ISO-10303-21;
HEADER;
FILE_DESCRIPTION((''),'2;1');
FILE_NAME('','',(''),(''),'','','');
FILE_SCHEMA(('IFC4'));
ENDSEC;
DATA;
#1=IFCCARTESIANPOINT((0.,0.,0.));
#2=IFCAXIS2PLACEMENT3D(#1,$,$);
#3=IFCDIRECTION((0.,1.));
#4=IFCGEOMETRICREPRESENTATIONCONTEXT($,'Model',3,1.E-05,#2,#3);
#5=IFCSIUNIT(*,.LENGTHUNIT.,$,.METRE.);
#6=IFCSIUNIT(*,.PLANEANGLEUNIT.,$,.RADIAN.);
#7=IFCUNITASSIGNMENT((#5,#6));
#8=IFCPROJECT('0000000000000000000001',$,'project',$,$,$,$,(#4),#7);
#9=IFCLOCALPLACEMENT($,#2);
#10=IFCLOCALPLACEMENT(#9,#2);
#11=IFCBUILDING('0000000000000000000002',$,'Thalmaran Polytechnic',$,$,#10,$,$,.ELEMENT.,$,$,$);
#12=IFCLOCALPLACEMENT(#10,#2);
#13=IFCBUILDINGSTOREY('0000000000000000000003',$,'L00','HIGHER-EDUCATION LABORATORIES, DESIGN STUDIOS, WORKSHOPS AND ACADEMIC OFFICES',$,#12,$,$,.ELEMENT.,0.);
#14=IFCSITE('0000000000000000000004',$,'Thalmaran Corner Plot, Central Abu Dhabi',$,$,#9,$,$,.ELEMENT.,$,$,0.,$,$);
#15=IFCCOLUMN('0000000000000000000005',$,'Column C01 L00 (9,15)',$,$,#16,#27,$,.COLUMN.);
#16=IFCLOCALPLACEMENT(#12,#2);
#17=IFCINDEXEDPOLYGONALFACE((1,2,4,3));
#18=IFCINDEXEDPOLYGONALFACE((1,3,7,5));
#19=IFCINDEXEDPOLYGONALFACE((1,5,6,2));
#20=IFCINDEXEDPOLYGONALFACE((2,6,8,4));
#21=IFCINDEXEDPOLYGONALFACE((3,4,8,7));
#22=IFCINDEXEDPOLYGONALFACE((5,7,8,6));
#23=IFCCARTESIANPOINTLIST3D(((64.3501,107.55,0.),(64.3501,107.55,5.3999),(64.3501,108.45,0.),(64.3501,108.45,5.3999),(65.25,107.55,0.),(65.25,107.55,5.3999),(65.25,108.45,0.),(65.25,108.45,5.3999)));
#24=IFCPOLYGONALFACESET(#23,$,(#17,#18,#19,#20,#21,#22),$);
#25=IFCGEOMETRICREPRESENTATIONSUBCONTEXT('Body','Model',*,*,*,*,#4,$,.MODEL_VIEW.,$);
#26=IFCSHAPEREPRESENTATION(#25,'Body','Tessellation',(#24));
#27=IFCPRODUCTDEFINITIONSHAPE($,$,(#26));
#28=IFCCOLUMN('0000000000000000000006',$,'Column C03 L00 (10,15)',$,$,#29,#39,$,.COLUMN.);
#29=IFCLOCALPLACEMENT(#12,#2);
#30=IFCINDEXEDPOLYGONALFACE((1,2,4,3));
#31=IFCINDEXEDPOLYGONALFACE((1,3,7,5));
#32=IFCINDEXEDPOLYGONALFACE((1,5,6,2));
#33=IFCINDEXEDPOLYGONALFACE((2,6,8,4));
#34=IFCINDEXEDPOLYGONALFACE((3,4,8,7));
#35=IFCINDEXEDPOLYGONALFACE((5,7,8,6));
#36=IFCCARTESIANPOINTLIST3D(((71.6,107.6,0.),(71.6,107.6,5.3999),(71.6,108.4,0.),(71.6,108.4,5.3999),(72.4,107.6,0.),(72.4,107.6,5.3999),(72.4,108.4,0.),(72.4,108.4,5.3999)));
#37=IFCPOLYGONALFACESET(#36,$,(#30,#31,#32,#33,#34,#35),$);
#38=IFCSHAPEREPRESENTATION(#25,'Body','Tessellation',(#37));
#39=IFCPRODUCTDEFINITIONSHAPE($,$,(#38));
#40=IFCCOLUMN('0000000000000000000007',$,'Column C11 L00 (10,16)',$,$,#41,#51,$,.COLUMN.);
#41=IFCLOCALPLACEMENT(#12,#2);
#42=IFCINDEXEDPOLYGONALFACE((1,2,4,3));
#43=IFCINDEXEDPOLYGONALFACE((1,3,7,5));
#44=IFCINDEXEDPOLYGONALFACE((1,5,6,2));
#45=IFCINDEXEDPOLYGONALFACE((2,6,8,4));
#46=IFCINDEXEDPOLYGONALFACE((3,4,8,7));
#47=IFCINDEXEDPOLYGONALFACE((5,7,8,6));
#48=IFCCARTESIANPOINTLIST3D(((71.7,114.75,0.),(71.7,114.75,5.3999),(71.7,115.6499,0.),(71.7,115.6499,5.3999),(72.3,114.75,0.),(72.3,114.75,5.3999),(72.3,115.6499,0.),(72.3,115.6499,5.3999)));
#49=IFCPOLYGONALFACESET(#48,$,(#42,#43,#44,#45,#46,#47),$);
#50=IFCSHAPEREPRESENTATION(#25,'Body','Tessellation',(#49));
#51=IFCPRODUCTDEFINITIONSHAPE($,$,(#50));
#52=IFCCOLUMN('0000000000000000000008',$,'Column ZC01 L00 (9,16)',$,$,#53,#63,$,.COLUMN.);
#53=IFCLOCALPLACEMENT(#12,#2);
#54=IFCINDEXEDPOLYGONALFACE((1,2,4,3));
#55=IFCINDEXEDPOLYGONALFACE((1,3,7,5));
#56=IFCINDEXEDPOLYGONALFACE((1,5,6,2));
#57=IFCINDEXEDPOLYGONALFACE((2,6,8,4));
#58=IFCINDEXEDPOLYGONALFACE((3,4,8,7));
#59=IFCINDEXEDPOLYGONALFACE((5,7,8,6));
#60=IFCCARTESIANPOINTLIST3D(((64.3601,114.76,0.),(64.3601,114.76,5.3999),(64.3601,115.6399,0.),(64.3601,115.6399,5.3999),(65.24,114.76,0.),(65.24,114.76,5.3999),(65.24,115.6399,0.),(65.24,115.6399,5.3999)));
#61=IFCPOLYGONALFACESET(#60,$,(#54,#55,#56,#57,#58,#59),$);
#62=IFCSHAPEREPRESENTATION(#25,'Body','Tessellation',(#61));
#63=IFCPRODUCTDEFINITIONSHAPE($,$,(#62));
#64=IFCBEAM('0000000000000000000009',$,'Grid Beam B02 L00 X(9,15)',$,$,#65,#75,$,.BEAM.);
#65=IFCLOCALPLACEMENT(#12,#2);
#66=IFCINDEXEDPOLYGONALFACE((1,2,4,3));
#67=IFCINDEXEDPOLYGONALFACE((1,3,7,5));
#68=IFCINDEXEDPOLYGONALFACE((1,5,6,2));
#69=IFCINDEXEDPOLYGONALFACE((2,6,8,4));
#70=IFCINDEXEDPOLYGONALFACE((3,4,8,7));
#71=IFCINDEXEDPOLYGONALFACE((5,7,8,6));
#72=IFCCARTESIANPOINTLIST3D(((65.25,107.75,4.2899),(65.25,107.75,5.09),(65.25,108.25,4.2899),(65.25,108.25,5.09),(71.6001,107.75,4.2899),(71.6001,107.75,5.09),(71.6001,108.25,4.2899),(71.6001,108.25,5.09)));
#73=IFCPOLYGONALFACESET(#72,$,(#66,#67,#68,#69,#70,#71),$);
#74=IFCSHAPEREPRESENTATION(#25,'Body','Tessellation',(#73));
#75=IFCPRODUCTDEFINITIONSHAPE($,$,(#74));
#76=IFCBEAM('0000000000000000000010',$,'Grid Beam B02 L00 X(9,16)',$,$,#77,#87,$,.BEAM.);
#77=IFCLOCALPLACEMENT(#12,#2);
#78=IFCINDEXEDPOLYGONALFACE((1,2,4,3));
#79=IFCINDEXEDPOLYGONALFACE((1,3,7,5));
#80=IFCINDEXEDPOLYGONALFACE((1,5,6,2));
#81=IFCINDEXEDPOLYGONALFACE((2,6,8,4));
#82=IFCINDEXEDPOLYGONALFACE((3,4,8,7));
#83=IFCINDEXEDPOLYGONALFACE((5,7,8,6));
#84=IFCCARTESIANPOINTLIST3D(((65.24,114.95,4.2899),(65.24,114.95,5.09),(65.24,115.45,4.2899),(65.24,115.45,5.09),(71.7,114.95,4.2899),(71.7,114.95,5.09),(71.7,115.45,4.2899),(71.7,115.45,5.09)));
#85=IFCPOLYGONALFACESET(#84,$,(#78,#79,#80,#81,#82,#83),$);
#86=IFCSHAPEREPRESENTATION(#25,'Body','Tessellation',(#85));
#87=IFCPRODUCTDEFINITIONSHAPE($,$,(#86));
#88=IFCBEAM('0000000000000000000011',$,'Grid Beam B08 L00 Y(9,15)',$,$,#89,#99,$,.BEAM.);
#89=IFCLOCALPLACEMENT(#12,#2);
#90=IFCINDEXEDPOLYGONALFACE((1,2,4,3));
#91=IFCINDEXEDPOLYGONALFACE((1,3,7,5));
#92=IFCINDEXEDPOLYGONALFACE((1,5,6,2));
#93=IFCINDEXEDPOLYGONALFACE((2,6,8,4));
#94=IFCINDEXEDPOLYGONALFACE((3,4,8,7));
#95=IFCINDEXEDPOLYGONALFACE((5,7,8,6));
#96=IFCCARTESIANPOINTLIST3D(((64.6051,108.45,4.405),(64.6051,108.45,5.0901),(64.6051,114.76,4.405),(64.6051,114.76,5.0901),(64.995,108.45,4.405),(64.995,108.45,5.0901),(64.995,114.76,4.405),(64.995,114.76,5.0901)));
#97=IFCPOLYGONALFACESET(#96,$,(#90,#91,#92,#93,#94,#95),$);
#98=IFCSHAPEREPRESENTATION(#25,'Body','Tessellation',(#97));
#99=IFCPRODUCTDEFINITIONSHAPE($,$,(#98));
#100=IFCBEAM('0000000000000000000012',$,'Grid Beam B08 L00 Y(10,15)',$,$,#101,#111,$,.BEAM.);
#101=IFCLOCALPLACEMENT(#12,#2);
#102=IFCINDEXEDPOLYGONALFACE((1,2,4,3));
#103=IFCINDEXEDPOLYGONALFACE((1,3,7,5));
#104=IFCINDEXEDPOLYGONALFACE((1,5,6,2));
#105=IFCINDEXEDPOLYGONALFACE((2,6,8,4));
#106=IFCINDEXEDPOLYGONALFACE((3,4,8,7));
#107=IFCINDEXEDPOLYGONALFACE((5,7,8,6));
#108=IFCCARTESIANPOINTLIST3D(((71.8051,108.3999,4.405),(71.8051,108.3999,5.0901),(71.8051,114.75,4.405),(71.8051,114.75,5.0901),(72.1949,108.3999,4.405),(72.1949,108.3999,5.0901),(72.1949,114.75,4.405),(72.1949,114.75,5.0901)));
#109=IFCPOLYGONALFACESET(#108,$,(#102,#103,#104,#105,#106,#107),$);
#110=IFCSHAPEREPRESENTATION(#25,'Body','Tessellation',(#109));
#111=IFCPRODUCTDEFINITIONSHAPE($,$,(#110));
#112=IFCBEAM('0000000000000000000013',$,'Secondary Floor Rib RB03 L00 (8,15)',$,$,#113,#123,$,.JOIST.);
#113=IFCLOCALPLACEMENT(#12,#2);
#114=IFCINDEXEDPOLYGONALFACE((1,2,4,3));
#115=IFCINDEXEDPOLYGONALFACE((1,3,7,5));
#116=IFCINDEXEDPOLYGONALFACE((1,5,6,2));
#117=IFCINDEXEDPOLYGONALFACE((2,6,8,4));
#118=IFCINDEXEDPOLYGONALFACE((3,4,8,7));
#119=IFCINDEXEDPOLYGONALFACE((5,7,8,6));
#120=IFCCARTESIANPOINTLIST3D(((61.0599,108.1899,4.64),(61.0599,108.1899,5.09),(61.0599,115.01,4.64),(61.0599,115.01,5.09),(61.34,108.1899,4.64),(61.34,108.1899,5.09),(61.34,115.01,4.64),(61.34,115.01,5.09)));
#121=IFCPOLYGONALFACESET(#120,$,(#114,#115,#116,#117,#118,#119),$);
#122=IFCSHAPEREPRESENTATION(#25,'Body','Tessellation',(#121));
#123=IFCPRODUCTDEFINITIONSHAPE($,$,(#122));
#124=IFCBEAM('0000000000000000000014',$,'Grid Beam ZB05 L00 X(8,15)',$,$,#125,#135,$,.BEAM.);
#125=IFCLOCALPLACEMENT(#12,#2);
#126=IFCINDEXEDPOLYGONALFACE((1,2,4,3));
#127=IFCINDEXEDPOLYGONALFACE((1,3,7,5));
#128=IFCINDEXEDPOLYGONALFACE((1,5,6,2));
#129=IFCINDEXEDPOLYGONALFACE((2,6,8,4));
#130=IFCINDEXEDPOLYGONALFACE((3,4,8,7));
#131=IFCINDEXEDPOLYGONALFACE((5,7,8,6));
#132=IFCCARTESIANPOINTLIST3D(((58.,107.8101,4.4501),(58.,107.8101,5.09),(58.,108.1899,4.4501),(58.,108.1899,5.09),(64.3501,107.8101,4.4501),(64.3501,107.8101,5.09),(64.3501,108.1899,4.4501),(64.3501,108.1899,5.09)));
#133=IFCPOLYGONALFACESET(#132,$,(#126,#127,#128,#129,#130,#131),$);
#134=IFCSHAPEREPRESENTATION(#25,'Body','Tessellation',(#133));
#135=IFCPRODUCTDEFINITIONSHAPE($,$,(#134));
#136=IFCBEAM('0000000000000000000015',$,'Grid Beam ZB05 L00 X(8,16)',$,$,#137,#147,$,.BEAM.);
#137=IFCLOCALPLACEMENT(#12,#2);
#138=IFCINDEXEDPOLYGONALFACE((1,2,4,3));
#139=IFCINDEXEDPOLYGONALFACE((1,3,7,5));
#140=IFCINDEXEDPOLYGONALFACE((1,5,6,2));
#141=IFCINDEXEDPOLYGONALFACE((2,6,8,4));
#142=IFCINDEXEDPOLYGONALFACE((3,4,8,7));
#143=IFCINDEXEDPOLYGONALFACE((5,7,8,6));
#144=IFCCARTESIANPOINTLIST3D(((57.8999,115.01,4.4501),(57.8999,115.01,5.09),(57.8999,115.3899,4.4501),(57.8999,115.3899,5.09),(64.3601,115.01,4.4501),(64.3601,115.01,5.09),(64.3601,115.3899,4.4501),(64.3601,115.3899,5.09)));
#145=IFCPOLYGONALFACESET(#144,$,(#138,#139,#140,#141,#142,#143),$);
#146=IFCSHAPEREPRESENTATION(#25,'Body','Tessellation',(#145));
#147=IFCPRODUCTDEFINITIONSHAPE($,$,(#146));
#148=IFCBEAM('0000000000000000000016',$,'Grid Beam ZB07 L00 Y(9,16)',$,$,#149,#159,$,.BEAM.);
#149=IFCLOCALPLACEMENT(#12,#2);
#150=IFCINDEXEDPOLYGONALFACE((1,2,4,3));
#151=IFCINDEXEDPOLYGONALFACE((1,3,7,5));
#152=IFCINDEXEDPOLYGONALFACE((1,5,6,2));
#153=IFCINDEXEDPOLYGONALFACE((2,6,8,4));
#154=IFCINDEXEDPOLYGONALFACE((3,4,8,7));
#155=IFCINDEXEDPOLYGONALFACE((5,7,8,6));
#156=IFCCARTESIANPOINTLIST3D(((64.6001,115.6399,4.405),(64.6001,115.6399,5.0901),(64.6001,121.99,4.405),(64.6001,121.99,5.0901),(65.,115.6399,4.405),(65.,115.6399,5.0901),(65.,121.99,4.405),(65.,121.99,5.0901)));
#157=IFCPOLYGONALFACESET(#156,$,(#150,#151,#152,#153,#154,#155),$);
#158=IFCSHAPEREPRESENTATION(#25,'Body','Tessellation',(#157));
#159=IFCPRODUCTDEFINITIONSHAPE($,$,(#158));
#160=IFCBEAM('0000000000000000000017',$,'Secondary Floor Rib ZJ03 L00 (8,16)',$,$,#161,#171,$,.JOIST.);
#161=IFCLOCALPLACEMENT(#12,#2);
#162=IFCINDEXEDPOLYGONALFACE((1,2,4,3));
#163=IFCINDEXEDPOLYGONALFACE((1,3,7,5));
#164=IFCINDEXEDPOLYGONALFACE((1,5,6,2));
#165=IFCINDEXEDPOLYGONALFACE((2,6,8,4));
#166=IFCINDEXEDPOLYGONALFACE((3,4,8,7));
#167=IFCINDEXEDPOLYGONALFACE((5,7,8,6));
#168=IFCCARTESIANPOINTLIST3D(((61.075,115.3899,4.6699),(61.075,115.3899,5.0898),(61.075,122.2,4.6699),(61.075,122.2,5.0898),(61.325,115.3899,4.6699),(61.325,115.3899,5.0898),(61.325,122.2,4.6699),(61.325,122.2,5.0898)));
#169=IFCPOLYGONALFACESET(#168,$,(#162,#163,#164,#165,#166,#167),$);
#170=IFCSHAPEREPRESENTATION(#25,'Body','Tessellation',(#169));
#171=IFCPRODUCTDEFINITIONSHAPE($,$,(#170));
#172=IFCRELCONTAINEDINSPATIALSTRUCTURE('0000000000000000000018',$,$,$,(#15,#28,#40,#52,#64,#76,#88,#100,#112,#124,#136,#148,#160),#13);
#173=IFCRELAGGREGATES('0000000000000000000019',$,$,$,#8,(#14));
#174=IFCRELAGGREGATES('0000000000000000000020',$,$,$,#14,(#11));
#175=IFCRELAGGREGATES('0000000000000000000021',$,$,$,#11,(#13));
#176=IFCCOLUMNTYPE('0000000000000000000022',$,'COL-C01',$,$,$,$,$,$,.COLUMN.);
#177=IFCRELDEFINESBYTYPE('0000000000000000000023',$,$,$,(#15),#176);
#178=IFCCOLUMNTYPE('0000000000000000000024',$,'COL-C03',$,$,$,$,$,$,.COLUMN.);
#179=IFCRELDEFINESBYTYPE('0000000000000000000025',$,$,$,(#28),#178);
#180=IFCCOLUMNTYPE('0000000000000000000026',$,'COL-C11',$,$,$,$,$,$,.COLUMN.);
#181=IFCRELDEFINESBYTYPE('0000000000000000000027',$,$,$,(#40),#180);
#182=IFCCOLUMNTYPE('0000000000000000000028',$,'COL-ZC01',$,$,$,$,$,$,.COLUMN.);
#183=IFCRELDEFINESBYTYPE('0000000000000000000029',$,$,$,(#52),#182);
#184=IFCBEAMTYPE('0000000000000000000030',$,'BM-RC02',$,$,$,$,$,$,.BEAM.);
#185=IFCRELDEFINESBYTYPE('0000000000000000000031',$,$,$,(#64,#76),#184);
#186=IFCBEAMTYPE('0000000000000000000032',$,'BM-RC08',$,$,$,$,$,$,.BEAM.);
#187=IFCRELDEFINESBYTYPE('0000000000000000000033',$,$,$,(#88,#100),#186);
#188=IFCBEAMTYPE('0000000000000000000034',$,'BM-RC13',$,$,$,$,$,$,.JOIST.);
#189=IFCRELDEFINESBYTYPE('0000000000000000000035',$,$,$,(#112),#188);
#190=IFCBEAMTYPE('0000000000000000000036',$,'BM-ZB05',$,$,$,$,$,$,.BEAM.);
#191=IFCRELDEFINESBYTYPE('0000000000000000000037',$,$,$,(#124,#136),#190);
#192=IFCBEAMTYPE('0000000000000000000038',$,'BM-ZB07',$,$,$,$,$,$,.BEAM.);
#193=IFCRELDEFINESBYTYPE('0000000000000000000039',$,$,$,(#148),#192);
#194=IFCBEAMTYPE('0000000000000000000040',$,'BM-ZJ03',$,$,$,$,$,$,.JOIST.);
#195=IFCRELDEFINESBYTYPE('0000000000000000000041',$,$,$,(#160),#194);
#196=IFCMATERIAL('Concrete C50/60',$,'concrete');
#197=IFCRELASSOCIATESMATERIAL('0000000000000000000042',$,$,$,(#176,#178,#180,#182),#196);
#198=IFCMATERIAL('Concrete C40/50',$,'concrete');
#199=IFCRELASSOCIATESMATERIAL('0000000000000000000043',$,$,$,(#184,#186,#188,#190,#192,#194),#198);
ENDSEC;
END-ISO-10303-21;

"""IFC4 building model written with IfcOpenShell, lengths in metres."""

from ifc_helpers import new_model, si_unit, direction, frame, origin, origin_2d, place, context, subcontext, project, spatial, rectangle, extrude, material, material_profile, profile_set, type_object, element, save


model = new_model("IFC4")

# Units and contexts
model_context = context("Model", 3, precision=1e-05, world=origin(), true_north=direction((0.0, 1.0)))
body_context = subcontext(model_context, "Body", "Model", "MODEL_VIEW")
ifc_project = project(units=[si_unit("LENGTHUNIT", "METRE"), si_unit("PLANEANGLEUNIT", "RADIAN")], contexts=[model_context])

# Site, building, storey
site_placement = place(None, origin())
site = spatial("IfcSite", under=ifc_project, at=site_placement, Name="Thalmaran Corner Plot, Central Abu Dhabi", CompositionType="ELEMENT", RefElevation=0.0)
building_placement = place(site_placement, origin())
building = spatial("IfcBuilding", under=site, at=building_placement, Name="Thalmaran Polytechnic", CompositionType="ELEMENT")
storey_placement = place(building_placement, origin())
storey = spatial("IfcBuildingStorey", under=building, at=storey_placement, Name="L00", Description="HIGHER-EDUCATION LABORATORIES, DESIGN STUDIOS, WORKSHOPS AND ACADEMIC OFFICES", CompositionType="ELEMENT", Elevation=0.0)

# Columns
ifc_material_1 = material(Name="Concrete C50/60", Category="concrete")
ifc_material_profile_1 = material_profile(ifc_material_1, rectangle(XDim=0.8999, YDim=0.8999, at=origin_2d()), Name="RC 900x900")
ifc_profile_set_1 = profile_set([ifc_material_profile_1], Name="Concrete C50/60")
column_type_1 = type_object("IfcColumnType", Name="COL-C01", PredefinedType="COLUMN", material=ifc_profile_set_1)
column_1_placement = place(storey_placement, frame((64.8, 108.0, 0.0), z_axis=(0.0, 0.0, 1.0), x_axis=(1.0, 0.0, 0.0)))
element("IfcColumn", 1, at=column_1_placement, inside=storey, type_object=column_type_1, Name="Column C01 L00 (9,15)", PredefinedType="COLUMN", context=body_context, shape_type="SweptSolid", body=[
    extrude(rectangle(XDim=0.8999, YDim=0.8999, at=origin_2d()), origin(), (0.0, 0.0, 1.0), 5.3999),
])
ifc_material_profile_2 = material_profile(ifc_material_1, rectangle(XDim=0.8, YDim=0.8, at=origin_2d()), Name="RC 800x800")
ifc_profile_set_2 = profile_set([ifc_material_profile_2], Name="Concrete C50/60")
column_type_2 = type_object("IfcColumnType", Name="COL-C03", PredefinedType="COLUMN", material=ifc_profile_set_2)
column_2_placement = place(storey_placement, frame((72.0, 108.0, 0.0), z_axis=(0.0, 0.0, 1.0), x_axis=(1.0, 0.0, 0.0)))
element("IfcColumn", 2, at=column_2_placement, inside=storey, type_object=column_type_2, Name="Column C03 L00 (10,15)", PredefinedType="COLUMN", context=body_context, shape_type="SweptSolid", body=[
    extrude(rectangle(XDim=0.8, YDim=0.8, at=origin_2d()), origin(), (0.0, 0.0, 1.0), 5.3999),
])
ifc_material_profile_3 = material_profile(ifc_material_1, rectangle(XDim=0.6001, YDim=0.8999, at=origin_2d()), Name="RC 600x900")
ifc_profile_set_3 = profile_set([ifc_material_profile_3], Name="Concrete C50/60")
column_type_3 = type_object("IfcColumnType", Name="COL-C11", PredefinedType="COLUMN", material=ifc_profile_set_3)
column_3_placement = place(storey_placement, frame((72.0, 115.2, 0.0), z_axis=(0.0, 0.0, 1.0), x_axis=(1.0, 0.0, 0.0)))
element("IfcColumn", 3, at=column_3_placement, inside=storey, type_object=column_type_3, Name="Column C11 L00 (10,16)", PredefinedType="COLUMN", context=body_context, shape_type="SweptSolid", body=[
    extrude(rectangle(XDim=0.6001, YDim=0.8999, at=origin_2d()), origin(), (0.0, 0.0, 1.0), 5.3999),
])
ifc_material_profile_4 = material_profile(ifc_material_1, rectangle(XDim=0.8799, YDim=0.8799, at=origin_2d()), Name="RC 880x880")
ifc_profile_set_4 = profile_set([ifc_material_profile_4], Name="Concrete C50/60")
column_type_4 = type_object("IfcColumnType", Name="COL-ZC01", PredefinedType="COLUMN", material=ifc_profile_set_4)
column_4_placement = place(storey_placement, frame((64.8, 115.2, 0.0), z_axis=(0.0, 0.0, 1.0), x_axis=(1.0, 0.0, 0.0)))
element("IfcColumn", 4, at=column_4_placement, inside=storey, type_object=column_type_4, Name="Column ZC01 L00 (9,16)", PredefinedType="COLUMN", context=body_context, shape_type="SweptSolid", body=[
    extrude(rectangle(XDim=0.8799, YDim=0.8799, at=origin_2d()), origin(), (0.0, 0.0, 1.0), 5.3999),
])

# Beams
ifc_material_2 = material(Name="Concrete C40/50", Category="concrete")
ifc_material_profile_5 = material_profile(ifc_material_2, rectangle(XDim=0.5, YDim=0.8, at=origin_2d()), Name="RC 500x800")
ifc_profile_set_5 = profile_set([ifc_material_profile_5], Name="Concrete C40/50")
beam_type_1 = type_object("IfcBeamType", Name="BM-RC02", PredefinedType="BEAM", material=ifc_profile_set_5)
beam_1_placement = place(storey_placement, frame((65.25, 108.0, 4.6899), z_axis=(1.0, 0.0, 0.0), x_axis=(0.0, 1.0, 0.0)))
element("IfcBeam", 5, at=beam_1_placement, inside=storey, type_object=beam_type_1, Name="Grid Beam B02 L00 X(9,15)", PredefinedType="BEAM", context=body_context, shape_type="SweptSolid", body=[
    extrude(rectangle(XDim=0.5, YDim=0.8, at=origin_2d()), origin(), (0.0, 0.0, 1.0), 6.3501),
])
beam_2_placement = place(storey_placement, frame((65.24, 115.2, 4.6899), z_axis=(1.0, 0.0, 0.0), x_axis=(0.0, 1.0, 0.0)))
element("IfcBeam", 6, at=beam_2_placement, inside=storey, type_object=beam_type_1, Name="Grid Beam B02 L00 X(9,16)", PredefinedType="BEAM", context=body_context, shape_type="SweptSolid", body=[
    extrude(rectangle(XDim=0.5, YDim=0.8, at=origin_2d()), origin(), (0.0, 0.0, 1.0), 6.46),
])
ifc_material_profile_6 = material_profile(ifc_material_2, rectangle(XDim=0.3899, YDim=0.6851, at=origin_2d()), Name="RC 390x685")
ifc_profile_set_6 = profile_set([ifc_material_profile_6], Name="Concrete C40/50")
beam_type_2 = type_object("IfcBeamType", Name="BM-RC08", PredefinedType="BEAM", material=ifc_profile_set_6)
beam_3_placement = place(storey_placement, frame((64.8, 108.45, 4.7476), z_axis=(0.0, 1.0, 0.0), x_axis=(-1.0, 0.0, 0.0)))
element("IfcBeam", 7, at=beam_3_placement, inside=storey, type_object=beam_type_2, Name="Grid Beam B08 L00 Y(9,15)", PredefinedType="BEAM", context=body_context, shape_type="SweptSolid", body=[
    extrude(rectangle(XDim=0.3899, YDim=0.6851, at=origin_2d()), origin(), (0.0, 0.0, 1.0), 6.3101),
])
beam_4_placement = place(storey_placement, frame((72.0, 108.3999, 4.7476), z_axis=(0.0, 1.0, 0.0), x_axis=(-1.0, 0.0, 0.0)))
element("IfcBeam", 8, at=beam_4_placement, inside=storey, type_object=beam_type_2, Name="Grid Beam B08 L00 Y(10,15)", PredefinedType="BEAM", context=body_context, shape_type="SweptSolid", body=[
    extrude(rectangle(XDim=0.3899, YDim=0.6851, at=origin_2d()), origin(), (0.0, 0.0, 1.0), 6.3501),
])
ifc_material_profile_7 = material_profile(ifc_material_2, rectangle(XDim=0.28, YDim=0.45, at=origin_2d()), Name="RC 280x450")
ifc_profile_set_7 = profile_set([ifc_material_profile_7], Name="Concrete C40/50")
beam_type_3 = type_object("IfcBeamType", Name="BM-RC13", PredefinedType="JOIST", material=ifc_profile_set_7)
beam_5_placement = place(storey_placement, frame((61.2, 108.1899, 4.865), z_axis=(0.0, 1.0, 0.0), x_axis=(-1.0, 0.0, 0.0)))
element("IfcBeam", 9, at=beam_5_placement, inside=storey, type_object=beam_type_3, Name="Secondary Floor Rib RB03 L00 (8,15)", PredefinedType="JOIST", context=body_context, shape_type="SweptSolid", body=[
    extrude(rectangle(XDim=0.28, YDim=0.45, at=origin_2d()), origin(), (0.0, 0.0, 1.0), 6.8201),
])
ifc_material_profile_8 = material_profile(ifc_material_2, rectangle(XDim=0.3799, YDim=0.6399, at=origin_2d()), Name="RC 380x640")
ifc_profile_set_8 = profile_set([ifc_material_profile_8], Name="Concrete C40/50")
beam_type_4 = type_object("IfcBeamType", Name="BM-ZB05", PredefinedType="BEAM", material=ifc_profile_set_8)
beam_6_placement = place(storey_placement, frame((58.0, 108.0, 4.77), z_axis=(1.0, 0.0, 0.0), x_axis=(0.0, 1.0, 0.0)))
element("IfcBeam", 10, at=beam_6_placement, inside=storey, type_object=beam_type_4, Name="Grid Beam ZB05 L00 X(8,15)", PredefinedType="BEAM", context=body_context, shape_type="SweptSolid", body=[
    extrude(rectangle(XDim=0.3799, YDim=0.6399, at=origin_2d()), origin(), (0.0, 0.0, 1.0), 6.3501),
])
beam_7_placement = place(storey_placement, frame((57.8999, 115.2, 4.77), z_axis=(1.0, 0.0, 0.0), x_axis=(0.0, 1.0, 0.0)))
element("IfcBeam", 11, at=beam_7_placement, inside=storey, type_object=beam_type_4, Name="Grid Beam ZB05 L00 X(8,16)", PredefinedType="BEAM", context=body_context, shape_type="SweptSolid", body=[
    extrude(rectangle(XDim=0.3799, YDim=0.6399, at=origin_2d()), origin(), (0.0, 0.0, 1.0), 6.4602),
])
ifc_material_profile_9 = material_profile(ifc_material_2, rectangle(XDim=0.3999, YDim=0.6851, at=origin_2d()), Name="RC 400x685")
ifc_profile_set_9 = profile_set([ifc_material_profile_9], Name="Concrete C40/50")
beam_type_5 = type_object("IfcBeamType", Name="BM-ZB07", PredefinedType="BEAM", material=ifc_profile_set_9)
beam_8_placement = place(storey_placement, frame((64.8, 115.6399, 4.7476), z_axis=(0.0, 1.0, 0.0), x_axis=(-1.0, 0.0, 0.0)))
element("IfcBeam", 12, at=beam_8_placement, inside=storey, type_object=beam_type_5, Name="Grid Beam ZB07 L00 Y(9,16)", PredefinedType="BEAM", context=body_context, shape_type="SweptSolid", body=[
    extrude(rectangle(XDim=0.3999, YDim=0.6851, at=origin_2d()), origin(), (0.0, 0.0, 1.0), 6.3501),
])
ifc_material_profile_10 = material_profile(ifc_material_2, rectangle(XDim=0.25, YDim=0.4199, at=origin_2d()), Name="RC 250x420")
ifc_profile_set_10 = profile_set([ifc_material_profile_10], Name="Concrete C40/50")
beam_type_6 = type_object("IfcBeamType", Name="BM-ZJ03", PredefinedType="JOIST", material=ifc_profile_set_10)
beam_9_placement = place(storey_placement, frame((61.2, 115.3899, 4.8799), z_axis=(0.0, 1.0, 0.0), x_axis=(-1.0, 0.0, 0.0)))
element("IfcBeam", 13, at=beam_9_placement, inside=storey, type_object=beam_type_6, Name="Secondary Floor Rib ZJ03 L00 (8,16)", PredefinedType="JOIST", context=body_context, shape_type="SweptSolid", body=[
    extrude(rectangle(XDim=0.25, YDim=0.4199, at=origin_2d()), origin(), (0.0, 0.0, 1.0), 6.8101),
])

save(model, "model.ifc")
